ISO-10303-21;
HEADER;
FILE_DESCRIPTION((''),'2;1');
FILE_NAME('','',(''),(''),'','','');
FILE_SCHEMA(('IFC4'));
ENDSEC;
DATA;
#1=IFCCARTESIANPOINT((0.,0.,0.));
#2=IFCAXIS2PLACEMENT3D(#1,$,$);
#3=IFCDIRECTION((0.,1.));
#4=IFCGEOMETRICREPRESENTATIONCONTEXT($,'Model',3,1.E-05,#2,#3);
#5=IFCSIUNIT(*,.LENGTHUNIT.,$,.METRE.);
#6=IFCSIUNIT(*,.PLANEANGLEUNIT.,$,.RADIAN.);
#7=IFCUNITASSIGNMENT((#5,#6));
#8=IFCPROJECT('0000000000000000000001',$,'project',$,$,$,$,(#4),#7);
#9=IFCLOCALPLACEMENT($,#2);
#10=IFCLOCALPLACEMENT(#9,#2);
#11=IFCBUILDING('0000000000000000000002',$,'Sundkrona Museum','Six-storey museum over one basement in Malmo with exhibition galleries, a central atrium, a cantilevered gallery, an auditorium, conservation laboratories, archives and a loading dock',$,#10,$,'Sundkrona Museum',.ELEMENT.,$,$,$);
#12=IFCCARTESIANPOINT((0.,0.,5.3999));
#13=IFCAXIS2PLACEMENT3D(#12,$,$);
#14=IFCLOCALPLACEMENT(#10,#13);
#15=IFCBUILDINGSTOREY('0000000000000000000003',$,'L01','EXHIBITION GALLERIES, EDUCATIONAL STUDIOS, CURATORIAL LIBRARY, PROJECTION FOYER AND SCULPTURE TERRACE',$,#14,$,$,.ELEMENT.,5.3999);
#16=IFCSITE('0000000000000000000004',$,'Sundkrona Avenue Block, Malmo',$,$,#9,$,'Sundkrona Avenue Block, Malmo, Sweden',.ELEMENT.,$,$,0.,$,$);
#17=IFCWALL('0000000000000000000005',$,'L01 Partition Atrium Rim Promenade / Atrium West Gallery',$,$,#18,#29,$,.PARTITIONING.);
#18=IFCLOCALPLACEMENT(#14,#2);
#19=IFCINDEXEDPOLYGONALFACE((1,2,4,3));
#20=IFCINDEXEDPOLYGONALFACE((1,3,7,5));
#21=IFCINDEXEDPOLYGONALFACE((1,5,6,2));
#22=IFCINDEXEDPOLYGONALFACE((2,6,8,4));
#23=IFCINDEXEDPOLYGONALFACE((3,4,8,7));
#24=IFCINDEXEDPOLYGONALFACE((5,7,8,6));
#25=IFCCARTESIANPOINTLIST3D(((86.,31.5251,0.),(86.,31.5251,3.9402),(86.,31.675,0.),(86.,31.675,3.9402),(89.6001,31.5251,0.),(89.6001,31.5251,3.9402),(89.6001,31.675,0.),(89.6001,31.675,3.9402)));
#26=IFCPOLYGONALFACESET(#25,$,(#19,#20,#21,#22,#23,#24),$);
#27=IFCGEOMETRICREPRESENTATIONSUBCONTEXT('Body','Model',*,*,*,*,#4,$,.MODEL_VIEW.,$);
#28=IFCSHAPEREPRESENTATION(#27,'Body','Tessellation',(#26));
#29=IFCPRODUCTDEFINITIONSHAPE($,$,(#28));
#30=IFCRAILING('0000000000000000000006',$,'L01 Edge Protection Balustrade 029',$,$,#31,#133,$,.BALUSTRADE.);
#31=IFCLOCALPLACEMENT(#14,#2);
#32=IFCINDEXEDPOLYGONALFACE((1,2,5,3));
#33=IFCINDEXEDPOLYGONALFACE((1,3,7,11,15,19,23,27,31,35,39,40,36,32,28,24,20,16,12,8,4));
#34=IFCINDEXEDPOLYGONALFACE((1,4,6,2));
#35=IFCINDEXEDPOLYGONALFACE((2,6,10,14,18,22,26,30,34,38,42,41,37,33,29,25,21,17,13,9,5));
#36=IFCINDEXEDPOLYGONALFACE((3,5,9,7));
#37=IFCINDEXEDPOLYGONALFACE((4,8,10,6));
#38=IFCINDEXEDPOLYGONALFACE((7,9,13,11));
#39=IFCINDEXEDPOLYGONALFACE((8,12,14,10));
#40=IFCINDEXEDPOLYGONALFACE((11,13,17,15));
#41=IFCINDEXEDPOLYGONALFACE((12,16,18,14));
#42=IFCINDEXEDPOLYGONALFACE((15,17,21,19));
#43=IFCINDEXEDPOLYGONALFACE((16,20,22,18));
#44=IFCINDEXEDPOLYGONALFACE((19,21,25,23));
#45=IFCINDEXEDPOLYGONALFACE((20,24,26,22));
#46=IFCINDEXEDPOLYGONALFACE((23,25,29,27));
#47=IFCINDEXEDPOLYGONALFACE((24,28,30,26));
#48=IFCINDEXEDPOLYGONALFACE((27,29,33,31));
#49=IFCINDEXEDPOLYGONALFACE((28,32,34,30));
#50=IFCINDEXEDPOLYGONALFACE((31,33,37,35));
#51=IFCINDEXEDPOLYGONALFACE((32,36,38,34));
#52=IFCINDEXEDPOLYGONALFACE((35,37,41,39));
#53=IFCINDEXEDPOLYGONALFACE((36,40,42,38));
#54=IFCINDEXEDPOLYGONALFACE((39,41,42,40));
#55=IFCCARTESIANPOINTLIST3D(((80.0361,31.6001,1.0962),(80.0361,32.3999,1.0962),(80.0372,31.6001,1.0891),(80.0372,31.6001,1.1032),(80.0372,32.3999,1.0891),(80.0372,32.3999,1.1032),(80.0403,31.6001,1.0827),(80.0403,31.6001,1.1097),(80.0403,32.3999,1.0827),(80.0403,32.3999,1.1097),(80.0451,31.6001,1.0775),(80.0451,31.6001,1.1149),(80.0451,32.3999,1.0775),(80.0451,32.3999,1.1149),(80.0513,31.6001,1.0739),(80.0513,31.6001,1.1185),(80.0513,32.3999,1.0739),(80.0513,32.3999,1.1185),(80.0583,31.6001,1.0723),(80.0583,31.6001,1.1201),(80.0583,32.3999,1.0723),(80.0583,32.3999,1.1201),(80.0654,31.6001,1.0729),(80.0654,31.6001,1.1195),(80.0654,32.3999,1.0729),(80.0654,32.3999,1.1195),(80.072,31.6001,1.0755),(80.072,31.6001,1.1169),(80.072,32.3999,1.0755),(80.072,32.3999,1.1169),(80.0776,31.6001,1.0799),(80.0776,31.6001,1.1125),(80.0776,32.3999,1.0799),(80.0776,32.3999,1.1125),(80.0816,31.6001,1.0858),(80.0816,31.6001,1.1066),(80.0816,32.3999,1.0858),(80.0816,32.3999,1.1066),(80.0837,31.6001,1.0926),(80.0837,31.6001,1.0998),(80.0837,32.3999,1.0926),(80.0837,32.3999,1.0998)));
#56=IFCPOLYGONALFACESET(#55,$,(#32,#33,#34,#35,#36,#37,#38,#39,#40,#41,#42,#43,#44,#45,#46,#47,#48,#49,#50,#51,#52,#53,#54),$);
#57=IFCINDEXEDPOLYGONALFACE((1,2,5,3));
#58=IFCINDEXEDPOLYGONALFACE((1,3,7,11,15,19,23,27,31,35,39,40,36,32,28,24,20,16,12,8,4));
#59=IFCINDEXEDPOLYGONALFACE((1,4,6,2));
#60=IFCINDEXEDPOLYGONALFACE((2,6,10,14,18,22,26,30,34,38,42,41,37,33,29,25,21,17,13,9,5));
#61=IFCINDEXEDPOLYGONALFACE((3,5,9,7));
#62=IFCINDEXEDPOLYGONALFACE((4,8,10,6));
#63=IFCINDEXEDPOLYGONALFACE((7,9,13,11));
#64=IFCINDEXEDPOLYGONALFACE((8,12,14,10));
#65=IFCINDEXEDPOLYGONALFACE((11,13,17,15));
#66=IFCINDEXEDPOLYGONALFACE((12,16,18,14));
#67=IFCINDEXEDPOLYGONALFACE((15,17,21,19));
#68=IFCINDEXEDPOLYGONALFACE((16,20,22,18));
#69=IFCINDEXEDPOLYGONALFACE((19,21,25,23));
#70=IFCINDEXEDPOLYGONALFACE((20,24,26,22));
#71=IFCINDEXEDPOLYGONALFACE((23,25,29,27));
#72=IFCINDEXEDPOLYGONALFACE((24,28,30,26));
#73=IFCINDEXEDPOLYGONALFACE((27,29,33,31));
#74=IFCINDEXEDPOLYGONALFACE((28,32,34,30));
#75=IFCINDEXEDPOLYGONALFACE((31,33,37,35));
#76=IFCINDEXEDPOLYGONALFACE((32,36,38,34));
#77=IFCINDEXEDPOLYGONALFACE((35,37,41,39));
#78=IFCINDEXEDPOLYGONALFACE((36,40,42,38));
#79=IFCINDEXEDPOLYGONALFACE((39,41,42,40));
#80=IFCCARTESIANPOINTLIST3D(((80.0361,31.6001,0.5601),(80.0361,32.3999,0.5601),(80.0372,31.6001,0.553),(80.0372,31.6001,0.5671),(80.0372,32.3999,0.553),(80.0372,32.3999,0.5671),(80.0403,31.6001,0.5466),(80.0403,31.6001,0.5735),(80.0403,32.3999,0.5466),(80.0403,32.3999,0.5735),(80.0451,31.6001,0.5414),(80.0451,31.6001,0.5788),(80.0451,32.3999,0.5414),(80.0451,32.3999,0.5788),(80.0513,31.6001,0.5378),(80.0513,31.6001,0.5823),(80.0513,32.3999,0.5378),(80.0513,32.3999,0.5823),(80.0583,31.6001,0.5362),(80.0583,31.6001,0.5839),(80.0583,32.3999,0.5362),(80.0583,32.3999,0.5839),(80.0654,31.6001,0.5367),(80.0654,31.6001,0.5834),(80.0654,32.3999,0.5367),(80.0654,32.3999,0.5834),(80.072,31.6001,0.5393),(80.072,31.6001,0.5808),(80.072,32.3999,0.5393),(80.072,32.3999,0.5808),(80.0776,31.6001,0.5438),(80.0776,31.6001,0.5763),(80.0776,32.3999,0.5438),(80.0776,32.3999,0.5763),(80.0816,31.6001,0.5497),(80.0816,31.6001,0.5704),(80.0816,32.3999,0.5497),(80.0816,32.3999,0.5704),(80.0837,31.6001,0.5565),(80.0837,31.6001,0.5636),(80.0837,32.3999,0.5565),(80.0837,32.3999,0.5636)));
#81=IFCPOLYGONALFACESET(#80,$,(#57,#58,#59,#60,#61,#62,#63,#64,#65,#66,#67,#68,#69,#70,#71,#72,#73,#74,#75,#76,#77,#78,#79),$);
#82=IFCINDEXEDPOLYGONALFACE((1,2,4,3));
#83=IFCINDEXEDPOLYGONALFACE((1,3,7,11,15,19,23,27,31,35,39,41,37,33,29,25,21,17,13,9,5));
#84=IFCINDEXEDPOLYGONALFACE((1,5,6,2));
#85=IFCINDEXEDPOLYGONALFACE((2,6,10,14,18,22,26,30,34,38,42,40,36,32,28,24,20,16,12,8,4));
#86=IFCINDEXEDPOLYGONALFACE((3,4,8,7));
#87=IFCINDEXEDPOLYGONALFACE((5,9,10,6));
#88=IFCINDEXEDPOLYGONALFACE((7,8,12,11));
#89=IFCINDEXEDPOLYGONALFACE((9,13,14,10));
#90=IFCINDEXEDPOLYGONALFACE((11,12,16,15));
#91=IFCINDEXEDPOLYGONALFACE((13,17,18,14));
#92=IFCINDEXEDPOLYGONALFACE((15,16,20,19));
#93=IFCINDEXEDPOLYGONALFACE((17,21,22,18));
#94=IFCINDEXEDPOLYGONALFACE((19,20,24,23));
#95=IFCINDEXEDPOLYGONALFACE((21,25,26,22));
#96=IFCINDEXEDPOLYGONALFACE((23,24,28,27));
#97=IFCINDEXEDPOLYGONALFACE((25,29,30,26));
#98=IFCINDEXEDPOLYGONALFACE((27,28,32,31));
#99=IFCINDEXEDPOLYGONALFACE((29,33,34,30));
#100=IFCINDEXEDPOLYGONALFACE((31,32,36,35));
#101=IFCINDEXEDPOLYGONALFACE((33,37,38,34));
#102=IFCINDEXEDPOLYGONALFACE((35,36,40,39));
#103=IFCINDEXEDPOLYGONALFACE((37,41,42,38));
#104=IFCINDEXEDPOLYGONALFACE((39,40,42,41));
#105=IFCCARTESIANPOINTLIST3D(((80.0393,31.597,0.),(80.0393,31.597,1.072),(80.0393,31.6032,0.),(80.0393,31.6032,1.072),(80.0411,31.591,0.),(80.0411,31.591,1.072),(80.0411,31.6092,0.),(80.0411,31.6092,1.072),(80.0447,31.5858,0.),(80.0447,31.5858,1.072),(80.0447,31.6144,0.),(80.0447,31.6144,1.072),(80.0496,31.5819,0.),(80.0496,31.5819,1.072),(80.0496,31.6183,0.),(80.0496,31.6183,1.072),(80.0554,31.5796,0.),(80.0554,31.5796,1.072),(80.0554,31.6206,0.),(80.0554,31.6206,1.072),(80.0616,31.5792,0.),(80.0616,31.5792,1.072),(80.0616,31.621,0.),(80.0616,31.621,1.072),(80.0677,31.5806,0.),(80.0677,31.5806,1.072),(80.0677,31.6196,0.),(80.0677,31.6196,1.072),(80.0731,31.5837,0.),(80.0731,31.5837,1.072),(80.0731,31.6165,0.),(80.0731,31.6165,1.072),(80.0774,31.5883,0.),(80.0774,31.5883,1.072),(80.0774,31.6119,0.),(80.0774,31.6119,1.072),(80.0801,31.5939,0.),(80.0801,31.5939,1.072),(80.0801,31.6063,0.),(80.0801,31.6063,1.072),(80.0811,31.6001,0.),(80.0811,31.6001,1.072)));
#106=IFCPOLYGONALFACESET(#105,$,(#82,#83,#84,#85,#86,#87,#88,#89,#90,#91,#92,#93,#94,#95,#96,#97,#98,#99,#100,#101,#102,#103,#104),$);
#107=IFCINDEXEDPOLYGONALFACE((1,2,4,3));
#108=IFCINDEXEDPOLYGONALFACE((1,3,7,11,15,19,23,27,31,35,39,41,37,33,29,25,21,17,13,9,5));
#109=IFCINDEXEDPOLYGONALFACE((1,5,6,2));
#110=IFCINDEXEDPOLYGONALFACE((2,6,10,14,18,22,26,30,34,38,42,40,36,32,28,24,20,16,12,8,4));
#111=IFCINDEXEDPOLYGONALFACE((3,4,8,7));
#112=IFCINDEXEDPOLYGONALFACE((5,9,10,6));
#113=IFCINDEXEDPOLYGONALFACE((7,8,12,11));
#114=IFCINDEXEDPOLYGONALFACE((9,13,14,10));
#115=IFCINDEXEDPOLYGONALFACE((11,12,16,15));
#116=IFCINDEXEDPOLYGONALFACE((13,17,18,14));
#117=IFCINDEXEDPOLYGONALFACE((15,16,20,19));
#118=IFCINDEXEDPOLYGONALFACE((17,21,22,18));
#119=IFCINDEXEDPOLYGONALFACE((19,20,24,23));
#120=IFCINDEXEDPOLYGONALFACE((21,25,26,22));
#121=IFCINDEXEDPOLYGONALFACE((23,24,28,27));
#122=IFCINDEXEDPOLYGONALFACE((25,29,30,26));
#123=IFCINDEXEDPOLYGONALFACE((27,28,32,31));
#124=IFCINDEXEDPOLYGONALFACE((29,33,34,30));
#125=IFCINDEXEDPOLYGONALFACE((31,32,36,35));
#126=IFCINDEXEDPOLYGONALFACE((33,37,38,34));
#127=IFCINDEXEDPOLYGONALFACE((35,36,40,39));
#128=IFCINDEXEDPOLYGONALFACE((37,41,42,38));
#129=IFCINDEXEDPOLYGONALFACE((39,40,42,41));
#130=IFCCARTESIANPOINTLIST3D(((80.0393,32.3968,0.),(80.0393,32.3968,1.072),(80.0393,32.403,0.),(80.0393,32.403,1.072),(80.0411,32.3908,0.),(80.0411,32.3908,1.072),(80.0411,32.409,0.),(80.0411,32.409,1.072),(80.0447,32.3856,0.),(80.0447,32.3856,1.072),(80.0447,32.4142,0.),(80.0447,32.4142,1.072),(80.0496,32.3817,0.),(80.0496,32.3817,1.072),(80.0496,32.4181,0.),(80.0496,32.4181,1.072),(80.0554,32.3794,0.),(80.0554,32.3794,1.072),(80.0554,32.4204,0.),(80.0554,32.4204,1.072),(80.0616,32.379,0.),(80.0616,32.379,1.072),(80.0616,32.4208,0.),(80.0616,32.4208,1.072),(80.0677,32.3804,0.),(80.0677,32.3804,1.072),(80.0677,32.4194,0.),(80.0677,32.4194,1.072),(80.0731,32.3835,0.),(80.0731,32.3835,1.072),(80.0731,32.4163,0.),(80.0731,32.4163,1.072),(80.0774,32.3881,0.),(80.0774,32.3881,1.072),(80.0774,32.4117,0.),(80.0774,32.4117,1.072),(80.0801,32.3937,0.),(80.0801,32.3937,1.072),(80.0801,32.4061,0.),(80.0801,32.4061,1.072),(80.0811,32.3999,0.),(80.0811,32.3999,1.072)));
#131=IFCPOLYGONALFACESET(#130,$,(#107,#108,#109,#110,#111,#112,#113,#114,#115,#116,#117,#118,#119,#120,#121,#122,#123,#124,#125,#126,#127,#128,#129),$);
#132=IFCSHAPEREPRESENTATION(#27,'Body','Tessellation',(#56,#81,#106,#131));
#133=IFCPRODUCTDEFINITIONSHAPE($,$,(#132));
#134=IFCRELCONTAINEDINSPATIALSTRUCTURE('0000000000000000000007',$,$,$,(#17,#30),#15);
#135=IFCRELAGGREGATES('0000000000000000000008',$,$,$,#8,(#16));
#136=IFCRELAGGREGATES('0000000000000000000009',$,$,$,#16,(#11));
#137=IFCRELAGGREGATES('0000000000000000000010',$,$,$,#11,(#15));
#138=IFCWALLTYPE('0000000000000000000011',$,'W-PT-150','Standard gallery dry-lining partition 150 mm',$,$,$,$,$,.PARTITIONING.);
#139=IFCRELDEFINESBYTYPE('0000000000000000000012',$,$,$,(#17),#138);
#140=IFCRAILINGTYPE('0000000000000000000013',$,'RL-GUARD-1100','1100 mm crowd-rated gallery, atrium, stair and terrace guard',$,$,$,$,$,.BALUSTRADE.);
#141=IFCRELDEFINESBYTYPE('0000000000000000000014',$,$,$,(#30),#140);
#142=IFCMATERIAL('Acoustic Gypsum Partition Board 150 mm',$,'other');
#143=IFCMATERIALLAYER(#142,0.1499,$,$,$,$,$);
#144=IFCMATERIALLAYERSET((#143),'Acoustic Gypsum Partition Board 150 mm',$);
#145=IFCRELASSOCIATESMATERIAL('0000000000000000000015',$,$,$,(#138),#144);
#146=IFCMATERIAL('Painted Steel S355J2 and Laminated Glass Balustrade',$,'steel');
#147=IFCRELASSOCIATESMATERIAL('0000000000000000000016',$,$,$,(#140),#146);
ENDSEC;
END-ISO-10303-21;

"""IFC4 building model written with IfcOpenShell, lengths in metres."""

from ifc_helpers import new_model, si_unit, direction, frame, frame_2d, origin, origin_2d, place, context, subcontext, project, spatial, rectangle, circle, extrude, material, layer, layer_set, type_object, element, save


model = new_model("IFC4")

# Units and contexts
model_context = context("Model", 3, precision=1e-05, world=origin(), true_north=direction((0.0, 1.0)))
body_context = subcontext(model_context, "Body", "Model", "MODEL_VIEW")
ifc_project = project(units=[si_unit("LENGTHUNIT", "METRE"), si_unit("PLANEANGLEUNIT", "RADIAN")], contexts=[model_context])

# Site, building, storey
site_placement = place(None, origin())
site = spatial("IfcSite", under=ifc_project, at=site_placement, Name="Sundkrona Avenue Block, Malmo", LongName="Sundkrona Avenue Block, Malmo, Sweden", CompositionType="ELEMENT", RefElevation=0.0)
building_placement = place(site_placement, origin())
building = spatial("IfcBuilding", under=site, at=building_placement, Name="Sundkrona Museum", Description="Six-storey museum over one basement in Malmo with exhibition galleries, a central atrium, a cantilevered gallery, an auditorium, conservation laboratories, archives and a loading dock", LongName="Sundkrona Museum", CompositionType="ELEMENT")
storey_placement = place(building_placement, frame((0.0, 0.0, 5.3999)))
storey = spatial("IfcBuildingStorey", under=building, at=storey_placement, Name="L01", Description="EXHIBITION GALLERIES, EDUCATIONAL STUDIOS, CURATORIAL LIBRARY, PROJECTION FOYER AND SCULPTURE TERRACE", CompositionType="ELEMENT", Elevation=5.3999)

# Wall
ifc_material_1 = material(Name="Acoustic Gypsum Partition Board 150 mm", Category="other")
ifc_layer_1 = layer(ifc_material_1, 0.1499)
ifc_layer_set_1 = layer_set([ifc_layer_1], Name="Acoustic Gypsum Partition Board 150 mm")
wall_type = type_object("IfcWallType", Name="W-PT-150", Description="Standard gallery dry-lining partition 150 mm", PredefinedType="PARTITIONING", material=ifc_layer_set_1)
wall_placement = place(storey_placement, frame((86.0, 31.6001, 0.0), z_axis=(0.0, 0.0, 1.0), x_axis=(1.0, 0.0, 0.0)))
element("IfcWall", 1, at=wall_placement, inside=storey, type_object=wall_type, Name="L01 Partition Atrium Rim Promenade / Atrium West Gallery", PredefinedType="PARTITIONING", context=body_context, shape_type="SweptSolid", body=[
    extrude(rectangle(XDim=3.6001, YDim=0.1499, at=frame_2d((1.8, 0.0))), origin(), (0.0, 0.0, 1.0), 3.9402),
])

# Railing
ifc_material_2 = material(Name="Painted Steel S355J2 and Laminated Glass Balustrade", Category="steel")
railing_type = type_object("IfcRailingType", Name="RL-GUARD-1100", Description="1100 mm crowd-rated gallery, atrium, stair and terrace guard", PredefinedType="BALUSTRADE", material=ifc_material_2)
railing_placement = place(storey_placement, frame((80.0601, 31.6001, 0.0)))
element("IfcRailing", 2, at=railing_placement, inside=storey, type_object=railing_type, Name="L01 Edge Protection Balustrade 029", PredefinedType="BALUSTRADE", context=body_context, shape_type="SweptSolid", body=[
    extrude(circle(Radius=0.0239, at=origin_2d()), frame((0.0, 0.0, 1.0962), z_axis=(0.0, 1.0, 0.0), x_axis=(-1.0, 0.0, 0.0)), (0.0, 0.0, 1.0), 0.7998),
    extrude(circle(Radius=0.0239, at=origin_2d()), frame((0.0, 0.0, 0.5601), z_axis=(0.0, 1.0, 0.0), x_axis=(-1.0, 0.0, 0.0)), (0.0, 0.0, 1.0), 0.7998),
    extrude(circle(Radius=0.021, at=origin_2d()), origin(), (0.0, 0.0, 1.0), 1.072),
    extrude(circle(Radius=0.021, at=origin_2d()), frame((0.0, 0.7998, 0.0)), (0.0, 0.0, 1.0), 1.072),
])

save(model, "model.ifc")
